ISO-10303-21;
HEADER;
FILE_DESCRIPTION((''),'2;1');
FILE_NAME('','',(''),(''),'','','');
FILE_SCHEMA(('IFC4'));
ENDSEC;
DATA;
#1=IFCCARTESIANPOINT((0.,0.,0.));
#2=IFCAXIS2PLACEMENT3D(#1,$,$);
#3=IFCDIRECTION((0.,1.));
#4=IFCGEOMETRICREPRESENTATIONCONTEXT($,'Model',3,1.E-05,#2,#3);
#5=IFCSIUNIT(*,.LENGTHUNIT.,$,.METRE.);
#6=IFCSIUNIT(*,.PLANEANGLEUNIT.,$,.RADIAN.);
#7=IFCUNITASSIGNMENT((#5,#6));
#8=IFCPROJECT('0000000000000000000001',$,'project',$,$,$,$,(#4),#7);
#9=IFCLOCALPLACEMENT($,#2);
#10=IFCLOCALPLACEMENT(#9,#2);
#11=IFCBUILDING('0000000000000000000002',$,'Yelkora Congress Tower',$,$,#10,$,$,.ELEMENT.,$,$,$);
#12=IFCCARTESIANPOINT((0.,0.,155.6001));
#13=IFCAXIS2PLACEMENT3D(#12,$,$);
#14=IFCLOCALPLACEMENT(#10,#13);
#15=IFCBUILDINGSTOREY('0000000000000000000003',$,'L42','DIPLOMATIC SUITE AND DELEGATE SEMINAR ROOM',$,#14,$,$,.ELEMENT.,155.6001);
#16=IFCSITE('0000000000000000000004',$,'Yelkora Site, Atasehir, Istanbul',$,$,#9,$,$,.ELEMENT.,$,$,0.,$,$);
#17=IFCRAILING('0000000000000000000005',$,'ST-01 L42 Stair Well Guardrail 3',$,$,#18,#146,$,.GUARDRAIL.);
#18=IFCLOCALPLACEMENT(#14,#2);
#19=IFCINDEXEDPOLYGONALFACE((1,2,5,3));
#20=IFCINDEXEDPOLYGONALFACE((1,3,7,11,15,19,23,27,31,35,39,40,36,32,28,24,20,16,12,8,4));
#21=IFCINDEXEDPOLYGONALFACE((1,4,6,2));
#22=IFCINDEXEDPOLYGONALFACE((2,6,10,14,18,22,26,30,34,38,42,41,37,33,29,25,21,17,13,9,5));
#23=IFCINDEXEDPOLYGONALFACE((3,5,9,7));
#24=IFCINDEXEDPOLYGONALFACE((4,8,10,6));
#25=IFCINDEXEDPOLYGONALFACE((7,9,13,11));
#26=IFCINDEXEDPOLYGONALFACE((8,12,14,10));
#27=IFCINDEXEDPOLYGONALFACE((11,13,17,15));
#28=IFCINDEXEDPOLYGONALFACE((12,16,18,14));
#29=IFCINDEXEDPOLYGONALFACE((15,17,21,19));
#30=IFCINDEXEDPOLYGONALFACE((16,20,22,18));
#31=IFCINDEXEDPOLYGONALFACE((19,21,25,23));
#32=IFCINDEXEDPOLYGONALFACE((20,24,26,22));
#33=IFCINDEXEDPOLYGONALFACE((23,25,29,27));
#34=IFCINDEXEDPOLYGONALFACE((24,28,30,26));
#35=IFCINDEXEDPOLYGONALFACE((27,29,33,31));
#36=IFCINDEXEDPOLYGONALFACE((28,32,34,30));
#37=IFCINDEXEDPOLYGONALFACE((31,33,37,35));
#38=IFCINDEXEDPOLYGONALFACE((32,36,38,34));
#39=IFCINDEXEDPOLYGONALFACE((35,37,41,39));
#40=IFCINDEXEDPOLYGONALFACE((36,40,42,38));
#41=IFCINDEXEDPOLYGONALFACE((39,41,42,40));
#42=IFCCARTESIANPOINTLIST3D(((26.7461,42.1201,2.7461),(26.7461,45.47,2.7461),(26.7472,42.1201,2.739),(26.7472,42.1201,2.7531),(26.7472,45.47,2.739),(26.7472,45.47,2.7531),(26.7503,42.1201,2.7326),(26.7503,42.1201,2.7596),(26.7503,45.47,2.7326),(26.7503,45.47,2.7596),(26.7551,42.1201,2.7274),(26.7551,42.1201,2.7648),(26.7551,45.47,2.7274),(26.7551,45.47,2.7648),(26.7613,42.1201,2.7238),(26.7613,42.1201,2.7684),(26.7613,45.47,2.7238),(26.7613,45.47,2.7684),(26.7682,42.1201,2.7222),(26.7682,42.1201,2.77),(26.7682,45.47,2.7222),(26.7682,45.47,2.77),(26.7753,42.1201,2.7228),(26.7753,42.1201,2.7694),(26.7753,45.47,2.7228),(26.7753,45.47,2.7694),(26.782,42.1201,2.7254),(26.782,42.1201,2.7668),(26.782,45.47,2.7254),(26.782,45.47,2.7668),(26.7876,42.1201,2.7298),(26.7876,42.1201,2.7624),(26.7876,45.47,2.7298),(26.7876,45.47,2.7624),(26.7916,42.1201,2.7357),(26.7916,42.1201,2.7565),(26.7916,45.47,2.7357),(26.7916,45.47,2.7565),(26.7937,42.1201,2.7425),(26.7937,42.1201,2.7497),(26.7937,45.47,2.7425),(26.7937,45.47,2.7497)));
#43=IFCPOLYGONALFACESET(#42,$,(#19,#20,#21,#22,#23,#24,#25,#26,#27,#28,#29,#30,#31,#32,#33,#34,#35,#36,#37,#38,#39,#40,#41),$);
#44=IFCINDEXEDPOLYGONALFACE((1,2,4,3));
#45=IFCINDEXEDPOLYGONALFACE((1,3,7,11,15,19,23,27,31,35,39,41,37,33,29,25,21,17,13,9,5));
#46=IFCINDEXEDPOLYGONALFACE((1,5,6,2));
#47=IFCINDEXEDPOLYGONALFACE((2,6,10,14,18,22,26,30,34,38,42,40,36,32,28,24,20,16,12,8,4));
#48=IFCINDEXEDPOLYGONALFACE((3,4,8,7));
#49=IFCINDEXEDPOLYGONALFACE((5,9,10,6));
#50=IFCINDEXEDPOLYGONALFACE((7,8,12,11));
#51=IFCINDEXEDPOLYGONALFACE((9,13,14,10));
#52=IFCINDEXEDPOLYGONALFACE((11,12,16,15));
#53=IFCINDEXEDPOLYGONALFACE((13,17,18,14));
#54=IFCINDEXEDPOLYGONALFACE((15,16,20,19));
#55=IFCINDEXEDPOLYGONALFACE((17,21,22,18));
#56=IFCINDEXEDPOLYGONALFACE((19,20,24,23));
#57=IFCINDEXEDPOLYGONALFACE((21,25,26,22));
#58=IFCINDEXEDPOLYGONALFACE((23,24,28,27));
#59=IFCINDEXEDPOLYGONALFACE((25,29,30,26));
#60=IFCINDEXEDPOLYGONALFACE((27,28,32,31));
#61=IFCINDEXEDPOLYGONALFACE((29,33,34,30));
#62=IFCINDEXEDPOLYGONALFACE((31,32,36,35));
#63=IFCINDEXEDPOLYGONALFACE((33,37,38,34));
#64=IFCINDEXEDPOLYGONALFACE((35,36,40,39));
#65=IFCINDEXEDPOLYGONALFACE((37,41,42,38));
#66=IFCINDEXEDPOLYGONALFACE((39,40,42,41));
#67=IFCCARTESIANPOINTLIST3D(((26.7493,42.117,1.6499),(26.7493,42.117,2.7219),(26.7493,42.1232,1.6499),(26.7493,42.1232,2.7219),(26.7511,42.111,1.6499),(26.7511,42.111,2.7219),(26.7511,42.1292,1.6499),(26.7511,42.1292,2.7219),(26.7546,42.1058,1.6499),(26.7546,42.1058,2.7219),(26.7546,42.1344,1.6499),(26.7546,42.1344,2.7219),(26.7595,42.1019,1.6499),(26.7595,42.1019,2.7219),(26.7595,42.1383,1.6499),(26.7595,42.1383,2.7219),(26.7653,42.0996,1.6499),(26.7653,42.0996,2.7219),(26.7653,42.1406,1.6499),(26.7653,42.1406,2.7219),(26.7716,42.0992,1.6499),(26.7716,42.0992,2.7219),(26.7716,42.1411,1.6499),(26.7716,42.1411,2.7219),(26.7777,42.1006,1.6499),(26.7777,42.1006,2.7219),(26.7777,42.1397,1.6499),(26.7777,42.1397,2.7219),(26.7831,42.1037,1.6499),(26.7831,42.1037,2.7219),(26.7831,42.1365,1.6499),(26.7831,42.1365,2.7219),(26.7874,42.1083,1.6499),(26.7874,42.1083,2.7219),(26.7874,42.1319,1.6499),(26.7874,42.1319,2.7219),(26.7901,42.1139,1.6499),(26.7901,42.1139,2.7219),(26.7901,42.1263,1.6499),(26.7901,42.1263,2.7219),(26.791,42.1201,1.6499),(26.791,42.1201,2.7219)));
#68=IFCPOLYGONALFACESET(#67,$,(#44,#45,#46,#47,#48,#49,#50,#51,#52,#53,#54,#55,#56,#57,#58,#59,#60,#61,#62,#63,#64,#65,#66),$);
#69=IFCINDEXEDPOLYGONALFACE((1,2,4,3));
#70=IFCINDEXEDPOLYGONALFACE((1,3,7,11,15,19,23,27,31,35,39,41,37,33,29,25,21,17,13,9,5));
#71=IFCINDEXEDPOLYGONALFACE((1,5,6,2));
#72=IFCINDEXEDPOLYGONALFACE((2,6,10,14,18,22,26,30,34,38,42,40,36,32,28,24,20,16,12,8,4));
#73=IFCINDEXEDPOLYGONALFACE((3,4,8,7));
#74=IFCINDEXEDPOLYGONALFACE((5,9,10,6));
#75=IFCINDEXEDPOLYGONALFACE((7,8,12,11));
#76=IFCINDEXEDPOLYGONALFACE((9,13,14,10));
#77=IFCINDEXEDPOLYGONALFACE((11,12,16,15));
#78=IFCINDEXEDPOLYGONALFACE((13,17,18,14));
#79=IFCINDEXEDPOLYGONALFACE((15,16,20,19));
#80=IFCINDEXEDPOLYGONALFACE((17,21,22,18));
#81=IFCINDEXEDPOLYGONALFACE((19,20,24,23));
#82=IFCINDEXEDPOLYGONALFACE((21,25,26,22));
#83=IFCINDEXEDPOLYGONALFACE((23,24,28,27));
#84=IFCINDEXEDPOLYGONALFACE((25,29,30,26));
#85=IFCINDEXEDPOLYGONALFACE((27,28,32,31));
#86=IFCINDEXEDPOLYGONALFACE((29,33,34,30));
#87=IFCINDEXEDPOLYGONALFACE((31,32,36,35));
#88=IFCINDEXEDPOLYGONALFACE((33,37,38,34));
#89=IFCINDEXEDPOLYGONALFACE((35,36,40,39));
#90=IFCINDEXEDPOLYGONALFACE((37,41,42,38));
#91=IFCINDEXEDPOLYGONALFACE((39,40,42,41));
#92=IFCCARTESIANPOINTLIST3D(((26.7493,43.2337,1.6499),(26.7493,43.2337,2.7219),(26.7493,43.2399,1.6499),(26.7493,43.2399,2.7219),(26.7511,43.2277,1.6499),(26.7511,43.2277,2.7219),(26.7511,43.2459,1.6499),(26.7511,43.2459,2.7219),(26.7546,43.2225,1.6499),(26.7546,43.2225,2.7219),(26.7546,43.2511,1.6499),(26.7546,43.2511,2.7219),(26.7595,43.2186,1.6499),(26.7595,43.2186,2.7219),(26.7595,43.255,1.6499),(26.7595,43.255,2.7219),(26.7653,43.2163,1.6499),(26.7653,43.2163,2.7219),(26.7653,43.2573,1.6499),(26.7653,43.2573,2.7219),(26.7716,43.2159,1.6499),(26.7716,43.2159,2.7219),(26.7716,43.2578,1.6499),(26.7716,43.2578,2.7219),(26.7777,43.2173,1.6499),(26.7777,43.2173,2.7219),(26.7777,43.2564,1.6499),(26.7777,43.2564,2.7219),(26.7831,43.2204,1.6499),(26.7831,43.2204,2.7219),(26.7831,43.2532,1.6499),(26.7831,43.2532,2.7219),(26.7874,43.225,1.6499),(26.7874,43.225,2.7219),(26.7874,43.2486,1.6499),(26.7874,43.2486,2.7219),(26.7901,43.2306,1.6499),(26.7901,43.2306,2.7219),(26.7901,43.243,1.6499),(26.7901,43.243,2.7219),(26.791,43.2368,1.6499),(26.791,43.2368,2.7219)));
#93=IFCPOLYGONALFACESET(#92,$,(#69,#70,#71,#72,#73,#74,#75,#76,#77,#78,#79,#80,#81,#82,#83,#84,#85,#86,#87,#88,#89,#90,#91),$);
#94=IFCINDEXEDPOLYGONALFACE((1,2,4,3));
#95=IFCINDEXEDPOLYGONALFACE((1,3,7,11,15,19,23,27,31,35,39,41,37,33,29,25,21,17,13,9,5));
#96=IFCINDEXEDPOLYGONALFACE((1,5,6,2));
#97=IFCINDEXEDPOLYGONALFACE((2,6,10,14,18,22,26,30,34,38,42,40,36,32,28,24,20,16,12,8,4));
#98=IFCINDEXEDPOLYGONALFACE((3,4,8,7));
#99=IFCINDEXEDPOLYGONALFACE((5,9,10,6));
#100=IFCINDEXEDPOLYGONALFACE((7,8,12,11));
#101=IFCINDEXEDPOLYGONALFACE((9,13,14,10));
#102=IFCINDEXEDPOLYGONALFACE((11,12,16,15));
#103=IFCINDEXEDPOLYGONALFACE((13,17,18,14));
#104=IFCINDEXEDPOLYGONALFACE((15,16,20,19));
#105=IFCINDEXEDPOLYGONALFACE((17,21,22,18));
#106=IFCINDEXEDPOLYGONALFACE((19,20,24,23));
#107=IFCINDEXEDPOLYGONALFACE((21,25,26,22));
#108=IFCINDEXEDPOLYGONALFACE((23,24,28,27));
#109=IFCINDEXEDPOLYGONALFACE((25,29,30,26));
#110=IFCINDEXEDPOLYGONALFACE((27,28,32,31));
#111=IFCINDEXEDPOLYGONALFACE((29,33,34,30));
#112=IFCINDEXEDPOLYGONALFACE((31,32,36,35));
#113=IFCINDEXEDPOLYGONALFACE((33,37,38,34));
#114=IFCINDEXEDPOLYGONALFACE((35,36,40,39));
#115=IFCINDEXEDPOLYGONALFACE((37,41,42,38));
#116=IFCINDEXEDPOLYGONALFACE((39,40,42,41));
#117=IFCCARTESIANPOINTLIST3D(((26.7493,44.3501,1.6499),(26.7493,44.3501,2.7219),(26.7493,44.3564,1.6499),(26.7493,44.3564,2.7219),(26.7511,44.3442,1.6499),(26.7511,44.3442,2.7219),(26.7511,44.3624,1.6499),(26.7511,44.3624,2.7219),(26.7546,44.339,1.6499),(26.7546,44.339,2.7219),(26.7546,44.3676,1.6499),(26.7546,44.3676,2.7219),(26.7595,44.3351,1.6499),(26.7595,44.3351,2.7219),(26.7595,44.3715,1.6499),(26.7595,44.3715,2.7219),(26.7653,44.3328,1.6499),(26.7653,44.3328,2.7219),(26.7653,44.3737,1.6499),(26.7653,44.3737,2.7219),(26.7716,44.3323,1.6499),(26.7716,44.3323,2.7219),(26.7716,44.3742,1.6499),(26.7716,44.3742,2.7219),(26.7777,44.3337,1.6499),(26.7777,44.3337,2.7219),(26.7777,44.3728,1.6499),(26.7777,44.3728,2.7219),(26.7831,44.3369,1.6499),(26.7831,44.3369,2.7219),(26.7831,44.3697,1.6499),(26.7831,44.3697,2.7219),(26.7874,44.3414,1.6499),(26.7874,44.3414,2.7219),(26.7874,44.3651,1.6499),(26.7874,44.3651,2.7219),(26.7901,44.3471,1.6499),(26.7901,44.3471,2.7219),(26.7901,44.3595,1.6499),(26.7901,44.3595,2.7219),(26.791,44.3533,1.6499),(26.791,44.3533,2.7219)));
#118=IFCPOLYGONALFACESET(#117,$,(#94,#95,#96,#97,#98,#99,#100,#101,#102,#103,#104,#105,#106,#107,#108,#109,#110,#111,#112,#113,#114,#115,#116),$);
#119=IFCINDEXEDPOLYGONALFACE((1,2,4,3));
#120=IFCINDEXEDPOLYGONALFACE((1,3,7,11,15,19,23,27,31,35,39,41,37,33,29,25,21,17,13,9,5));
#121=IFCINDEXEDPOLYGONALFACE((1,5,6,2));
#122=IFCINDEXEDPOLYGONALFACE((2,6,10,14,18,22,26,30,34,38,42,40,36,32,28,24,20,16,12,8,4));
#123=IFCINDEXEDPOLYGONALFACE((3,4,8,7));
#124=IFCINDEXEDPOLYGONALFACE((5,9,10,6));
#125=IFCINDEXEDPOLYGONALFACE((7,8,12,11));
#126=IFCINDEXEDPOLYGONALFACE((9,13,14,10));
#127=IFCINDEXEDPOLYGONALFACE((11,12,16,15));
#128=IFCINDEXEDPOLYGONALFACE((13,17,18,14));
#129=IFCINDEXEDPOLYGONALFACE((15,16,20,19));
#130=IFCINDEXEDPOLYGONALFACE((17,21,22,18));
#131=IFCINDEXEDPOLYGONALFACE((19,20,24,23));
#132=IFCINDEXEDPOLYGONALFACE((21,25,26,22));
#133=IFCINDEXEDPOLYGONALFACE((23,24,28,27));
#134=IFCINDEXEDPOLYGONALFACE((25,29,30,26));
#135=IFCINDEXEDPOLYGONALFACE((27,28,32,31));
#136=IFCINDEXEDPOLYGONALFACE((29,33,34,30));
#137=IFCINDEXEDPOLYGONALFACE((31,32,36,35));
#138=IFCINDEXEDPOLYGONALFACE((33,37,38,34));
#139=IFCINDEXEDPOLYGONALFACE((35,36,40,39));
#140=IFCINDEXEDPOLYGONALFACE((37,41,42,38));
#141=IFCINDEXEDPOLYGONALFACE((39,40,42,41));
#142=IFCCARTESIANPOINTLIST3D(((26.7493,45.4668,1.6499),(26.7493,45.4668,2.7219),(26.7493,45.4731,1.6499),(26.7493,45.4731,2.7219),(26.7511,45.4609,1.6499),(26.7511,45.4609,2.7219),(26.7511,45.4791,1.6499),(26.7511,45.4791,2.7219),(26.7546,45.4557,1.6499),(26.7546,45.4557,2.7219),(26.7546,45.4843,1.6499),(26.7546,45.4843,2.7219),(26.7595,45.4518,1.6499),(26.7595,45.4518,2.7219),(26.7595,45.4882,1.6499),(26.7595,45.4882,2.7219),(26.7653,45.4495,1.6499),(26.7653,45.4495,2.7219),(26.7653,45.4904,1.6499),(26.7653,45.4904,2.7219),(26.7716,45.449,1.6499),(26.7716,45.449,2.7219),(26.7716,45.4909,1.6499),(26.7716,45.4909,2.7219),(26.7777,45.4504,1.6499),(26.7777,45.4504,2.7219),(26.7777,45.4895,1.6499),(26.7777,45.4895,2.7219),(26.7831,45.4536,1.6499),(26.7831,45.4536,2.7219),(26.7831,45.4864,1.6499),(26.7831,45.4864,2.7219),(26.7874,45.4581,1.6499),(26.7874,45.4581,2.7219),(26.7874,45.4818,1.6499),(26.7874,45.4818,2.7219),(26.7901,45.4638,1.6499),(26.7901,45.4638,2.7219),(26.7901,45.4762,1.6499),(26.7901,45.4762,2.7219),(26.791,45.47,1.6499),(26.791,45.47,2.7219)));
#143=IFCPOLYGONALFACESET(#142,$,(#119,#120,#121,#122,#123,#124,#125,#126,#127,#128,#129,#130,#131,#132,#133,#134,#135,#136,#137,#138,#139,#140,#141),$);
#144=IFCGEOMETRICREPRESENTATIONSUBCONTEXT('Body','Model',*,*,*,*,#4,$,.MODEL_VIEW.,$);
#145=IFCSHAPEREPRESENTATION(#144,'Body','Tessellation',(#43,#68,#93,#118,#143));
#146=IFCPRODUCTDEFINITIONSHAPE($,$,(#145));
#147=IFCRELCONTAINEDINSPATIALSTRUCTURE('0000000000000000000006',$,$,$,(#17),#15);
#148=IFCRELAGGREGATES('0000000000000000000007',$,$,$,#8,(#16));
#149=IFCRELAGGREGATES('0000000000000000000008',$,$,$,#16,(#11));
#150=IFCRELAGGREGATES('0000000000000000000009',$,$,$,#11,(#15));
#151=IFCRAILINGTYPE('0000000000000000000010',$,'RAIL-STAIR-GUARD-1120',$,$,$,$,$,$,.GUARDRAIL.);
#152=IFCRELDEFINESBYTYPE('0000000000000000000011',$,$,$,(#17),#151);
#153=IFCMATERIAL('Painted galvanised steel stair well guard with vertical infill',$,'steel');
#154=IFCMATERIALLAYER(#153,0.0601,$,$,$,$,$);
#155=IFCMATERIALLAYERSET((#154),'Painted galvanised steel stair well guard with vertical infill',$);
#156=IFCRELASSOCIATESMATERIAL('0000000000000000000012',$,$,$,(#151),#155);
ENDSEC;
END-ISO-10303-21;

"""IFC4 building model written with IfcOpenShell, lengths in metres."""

from ifc_helpers import new_model, si_unit, direction, frame, origin, origin_2d, place, context, subcontext, project, spatial, circle, extrude, material, layer, layer_set, type_object, element, save


model = new_model("IFC4")

# Units and contexts
model_context = context("Model", 3, precision=1e-05, world=origin(), true_north=direction((0.0, 1.0)))
body_context = subcontext(model_context, "Body", "Model", "MODEL_VIEW")
ifc_project = project(units=[si_unit("LENGTHUNIT", "METRE"), si_unit("PLANEANGLEUNIT", "RADIAN")], contexts=[model_context])

# Site, building, storey
site_placement = place(None, origin())
site = spatial("IfcSite", under=ifc_project, at=site_placement, Name="Yelkora Site, Atasehir, Istanbul", CompositionType="ELEMENT", RefElevation=0.0)
building_placement = place(site_placement, origin())
building = spatial("IfcBuilding", under=site, at=building_placement, Name="Yelkora Congress Tower", CompositionType="ELEMENT")
storey_placement = place(building_placement, frame((0.0, 0.0, 155.6001)))
storey = spatial("IfcBuildingStorey", under=building, at=storey_placement, Name="L42", Description="DIPLOMATIC SUITE AND DELEGATE SEMINAR ROOM", CompositionType="ELEMENT", Elevation=155.6001)

# Railing
ifc_material_1 = material(Name="Painted galvanised steel stair well guard with vertical infill", Category="steel")
ifc_layer_1 = layer(ifc_material_1, 0.0601)
ifc_layer_set_1 = layer_set([ifc_layer_1], Name="Painted galvanised steel stair well guard with vertical infill")
railing_type_1 = type_object("IfcRailingType", Name="RAIL-STAIR-GUARD-1120", PredefinedType="GUARDRAIL", material=ifc_layer_set_1)
for number, where, name in (
    (1, (26.77, 42.1201, 1.6499), "ST-01 L42 Stair Well Guardrail 3"),
):
    element("IfcRailing", number, at=place(storey_placement, frame(where)), inside=storey, type_object=railing_type_1, Name=name, PredefinedType="GUARDRAIL", context=body_context, shape_type="SweptSolid", body=[
        extrude(circle(Radius=0.0239, at=origin_2d()), frame((0.0, 0.0, 1.0962), z_axis=(0.0, 1.0, 0.0), x_axis=(-1.0, 0.0, 0.0)), (0.0, 0.0, 1.0), 3.3499),
        extrude(circle(Radius=0.021, at=origin_2d()), origin(), (0.0, 0.0, 1.0), 1.072),
        extrude(circle(Radius=0.021, at=origin_2d()), frame((0.0, 1.1167, 0.0)), (0.0, 0.0, 1.0), 1.072),
        extrude(circle(Radius=0.021, at=origin_2d()), frame((0.0, 2.2332, 0.0)), (0.0, 0.0, 1.0), 1.072),
        extrude(circle(Radius=0.021, at=origin_2d()), frame((0.0, 3.3499, 0.0)), (0.0, 0.0, 1.0), 1.072),
    ])

save(model, "model.ifc")
